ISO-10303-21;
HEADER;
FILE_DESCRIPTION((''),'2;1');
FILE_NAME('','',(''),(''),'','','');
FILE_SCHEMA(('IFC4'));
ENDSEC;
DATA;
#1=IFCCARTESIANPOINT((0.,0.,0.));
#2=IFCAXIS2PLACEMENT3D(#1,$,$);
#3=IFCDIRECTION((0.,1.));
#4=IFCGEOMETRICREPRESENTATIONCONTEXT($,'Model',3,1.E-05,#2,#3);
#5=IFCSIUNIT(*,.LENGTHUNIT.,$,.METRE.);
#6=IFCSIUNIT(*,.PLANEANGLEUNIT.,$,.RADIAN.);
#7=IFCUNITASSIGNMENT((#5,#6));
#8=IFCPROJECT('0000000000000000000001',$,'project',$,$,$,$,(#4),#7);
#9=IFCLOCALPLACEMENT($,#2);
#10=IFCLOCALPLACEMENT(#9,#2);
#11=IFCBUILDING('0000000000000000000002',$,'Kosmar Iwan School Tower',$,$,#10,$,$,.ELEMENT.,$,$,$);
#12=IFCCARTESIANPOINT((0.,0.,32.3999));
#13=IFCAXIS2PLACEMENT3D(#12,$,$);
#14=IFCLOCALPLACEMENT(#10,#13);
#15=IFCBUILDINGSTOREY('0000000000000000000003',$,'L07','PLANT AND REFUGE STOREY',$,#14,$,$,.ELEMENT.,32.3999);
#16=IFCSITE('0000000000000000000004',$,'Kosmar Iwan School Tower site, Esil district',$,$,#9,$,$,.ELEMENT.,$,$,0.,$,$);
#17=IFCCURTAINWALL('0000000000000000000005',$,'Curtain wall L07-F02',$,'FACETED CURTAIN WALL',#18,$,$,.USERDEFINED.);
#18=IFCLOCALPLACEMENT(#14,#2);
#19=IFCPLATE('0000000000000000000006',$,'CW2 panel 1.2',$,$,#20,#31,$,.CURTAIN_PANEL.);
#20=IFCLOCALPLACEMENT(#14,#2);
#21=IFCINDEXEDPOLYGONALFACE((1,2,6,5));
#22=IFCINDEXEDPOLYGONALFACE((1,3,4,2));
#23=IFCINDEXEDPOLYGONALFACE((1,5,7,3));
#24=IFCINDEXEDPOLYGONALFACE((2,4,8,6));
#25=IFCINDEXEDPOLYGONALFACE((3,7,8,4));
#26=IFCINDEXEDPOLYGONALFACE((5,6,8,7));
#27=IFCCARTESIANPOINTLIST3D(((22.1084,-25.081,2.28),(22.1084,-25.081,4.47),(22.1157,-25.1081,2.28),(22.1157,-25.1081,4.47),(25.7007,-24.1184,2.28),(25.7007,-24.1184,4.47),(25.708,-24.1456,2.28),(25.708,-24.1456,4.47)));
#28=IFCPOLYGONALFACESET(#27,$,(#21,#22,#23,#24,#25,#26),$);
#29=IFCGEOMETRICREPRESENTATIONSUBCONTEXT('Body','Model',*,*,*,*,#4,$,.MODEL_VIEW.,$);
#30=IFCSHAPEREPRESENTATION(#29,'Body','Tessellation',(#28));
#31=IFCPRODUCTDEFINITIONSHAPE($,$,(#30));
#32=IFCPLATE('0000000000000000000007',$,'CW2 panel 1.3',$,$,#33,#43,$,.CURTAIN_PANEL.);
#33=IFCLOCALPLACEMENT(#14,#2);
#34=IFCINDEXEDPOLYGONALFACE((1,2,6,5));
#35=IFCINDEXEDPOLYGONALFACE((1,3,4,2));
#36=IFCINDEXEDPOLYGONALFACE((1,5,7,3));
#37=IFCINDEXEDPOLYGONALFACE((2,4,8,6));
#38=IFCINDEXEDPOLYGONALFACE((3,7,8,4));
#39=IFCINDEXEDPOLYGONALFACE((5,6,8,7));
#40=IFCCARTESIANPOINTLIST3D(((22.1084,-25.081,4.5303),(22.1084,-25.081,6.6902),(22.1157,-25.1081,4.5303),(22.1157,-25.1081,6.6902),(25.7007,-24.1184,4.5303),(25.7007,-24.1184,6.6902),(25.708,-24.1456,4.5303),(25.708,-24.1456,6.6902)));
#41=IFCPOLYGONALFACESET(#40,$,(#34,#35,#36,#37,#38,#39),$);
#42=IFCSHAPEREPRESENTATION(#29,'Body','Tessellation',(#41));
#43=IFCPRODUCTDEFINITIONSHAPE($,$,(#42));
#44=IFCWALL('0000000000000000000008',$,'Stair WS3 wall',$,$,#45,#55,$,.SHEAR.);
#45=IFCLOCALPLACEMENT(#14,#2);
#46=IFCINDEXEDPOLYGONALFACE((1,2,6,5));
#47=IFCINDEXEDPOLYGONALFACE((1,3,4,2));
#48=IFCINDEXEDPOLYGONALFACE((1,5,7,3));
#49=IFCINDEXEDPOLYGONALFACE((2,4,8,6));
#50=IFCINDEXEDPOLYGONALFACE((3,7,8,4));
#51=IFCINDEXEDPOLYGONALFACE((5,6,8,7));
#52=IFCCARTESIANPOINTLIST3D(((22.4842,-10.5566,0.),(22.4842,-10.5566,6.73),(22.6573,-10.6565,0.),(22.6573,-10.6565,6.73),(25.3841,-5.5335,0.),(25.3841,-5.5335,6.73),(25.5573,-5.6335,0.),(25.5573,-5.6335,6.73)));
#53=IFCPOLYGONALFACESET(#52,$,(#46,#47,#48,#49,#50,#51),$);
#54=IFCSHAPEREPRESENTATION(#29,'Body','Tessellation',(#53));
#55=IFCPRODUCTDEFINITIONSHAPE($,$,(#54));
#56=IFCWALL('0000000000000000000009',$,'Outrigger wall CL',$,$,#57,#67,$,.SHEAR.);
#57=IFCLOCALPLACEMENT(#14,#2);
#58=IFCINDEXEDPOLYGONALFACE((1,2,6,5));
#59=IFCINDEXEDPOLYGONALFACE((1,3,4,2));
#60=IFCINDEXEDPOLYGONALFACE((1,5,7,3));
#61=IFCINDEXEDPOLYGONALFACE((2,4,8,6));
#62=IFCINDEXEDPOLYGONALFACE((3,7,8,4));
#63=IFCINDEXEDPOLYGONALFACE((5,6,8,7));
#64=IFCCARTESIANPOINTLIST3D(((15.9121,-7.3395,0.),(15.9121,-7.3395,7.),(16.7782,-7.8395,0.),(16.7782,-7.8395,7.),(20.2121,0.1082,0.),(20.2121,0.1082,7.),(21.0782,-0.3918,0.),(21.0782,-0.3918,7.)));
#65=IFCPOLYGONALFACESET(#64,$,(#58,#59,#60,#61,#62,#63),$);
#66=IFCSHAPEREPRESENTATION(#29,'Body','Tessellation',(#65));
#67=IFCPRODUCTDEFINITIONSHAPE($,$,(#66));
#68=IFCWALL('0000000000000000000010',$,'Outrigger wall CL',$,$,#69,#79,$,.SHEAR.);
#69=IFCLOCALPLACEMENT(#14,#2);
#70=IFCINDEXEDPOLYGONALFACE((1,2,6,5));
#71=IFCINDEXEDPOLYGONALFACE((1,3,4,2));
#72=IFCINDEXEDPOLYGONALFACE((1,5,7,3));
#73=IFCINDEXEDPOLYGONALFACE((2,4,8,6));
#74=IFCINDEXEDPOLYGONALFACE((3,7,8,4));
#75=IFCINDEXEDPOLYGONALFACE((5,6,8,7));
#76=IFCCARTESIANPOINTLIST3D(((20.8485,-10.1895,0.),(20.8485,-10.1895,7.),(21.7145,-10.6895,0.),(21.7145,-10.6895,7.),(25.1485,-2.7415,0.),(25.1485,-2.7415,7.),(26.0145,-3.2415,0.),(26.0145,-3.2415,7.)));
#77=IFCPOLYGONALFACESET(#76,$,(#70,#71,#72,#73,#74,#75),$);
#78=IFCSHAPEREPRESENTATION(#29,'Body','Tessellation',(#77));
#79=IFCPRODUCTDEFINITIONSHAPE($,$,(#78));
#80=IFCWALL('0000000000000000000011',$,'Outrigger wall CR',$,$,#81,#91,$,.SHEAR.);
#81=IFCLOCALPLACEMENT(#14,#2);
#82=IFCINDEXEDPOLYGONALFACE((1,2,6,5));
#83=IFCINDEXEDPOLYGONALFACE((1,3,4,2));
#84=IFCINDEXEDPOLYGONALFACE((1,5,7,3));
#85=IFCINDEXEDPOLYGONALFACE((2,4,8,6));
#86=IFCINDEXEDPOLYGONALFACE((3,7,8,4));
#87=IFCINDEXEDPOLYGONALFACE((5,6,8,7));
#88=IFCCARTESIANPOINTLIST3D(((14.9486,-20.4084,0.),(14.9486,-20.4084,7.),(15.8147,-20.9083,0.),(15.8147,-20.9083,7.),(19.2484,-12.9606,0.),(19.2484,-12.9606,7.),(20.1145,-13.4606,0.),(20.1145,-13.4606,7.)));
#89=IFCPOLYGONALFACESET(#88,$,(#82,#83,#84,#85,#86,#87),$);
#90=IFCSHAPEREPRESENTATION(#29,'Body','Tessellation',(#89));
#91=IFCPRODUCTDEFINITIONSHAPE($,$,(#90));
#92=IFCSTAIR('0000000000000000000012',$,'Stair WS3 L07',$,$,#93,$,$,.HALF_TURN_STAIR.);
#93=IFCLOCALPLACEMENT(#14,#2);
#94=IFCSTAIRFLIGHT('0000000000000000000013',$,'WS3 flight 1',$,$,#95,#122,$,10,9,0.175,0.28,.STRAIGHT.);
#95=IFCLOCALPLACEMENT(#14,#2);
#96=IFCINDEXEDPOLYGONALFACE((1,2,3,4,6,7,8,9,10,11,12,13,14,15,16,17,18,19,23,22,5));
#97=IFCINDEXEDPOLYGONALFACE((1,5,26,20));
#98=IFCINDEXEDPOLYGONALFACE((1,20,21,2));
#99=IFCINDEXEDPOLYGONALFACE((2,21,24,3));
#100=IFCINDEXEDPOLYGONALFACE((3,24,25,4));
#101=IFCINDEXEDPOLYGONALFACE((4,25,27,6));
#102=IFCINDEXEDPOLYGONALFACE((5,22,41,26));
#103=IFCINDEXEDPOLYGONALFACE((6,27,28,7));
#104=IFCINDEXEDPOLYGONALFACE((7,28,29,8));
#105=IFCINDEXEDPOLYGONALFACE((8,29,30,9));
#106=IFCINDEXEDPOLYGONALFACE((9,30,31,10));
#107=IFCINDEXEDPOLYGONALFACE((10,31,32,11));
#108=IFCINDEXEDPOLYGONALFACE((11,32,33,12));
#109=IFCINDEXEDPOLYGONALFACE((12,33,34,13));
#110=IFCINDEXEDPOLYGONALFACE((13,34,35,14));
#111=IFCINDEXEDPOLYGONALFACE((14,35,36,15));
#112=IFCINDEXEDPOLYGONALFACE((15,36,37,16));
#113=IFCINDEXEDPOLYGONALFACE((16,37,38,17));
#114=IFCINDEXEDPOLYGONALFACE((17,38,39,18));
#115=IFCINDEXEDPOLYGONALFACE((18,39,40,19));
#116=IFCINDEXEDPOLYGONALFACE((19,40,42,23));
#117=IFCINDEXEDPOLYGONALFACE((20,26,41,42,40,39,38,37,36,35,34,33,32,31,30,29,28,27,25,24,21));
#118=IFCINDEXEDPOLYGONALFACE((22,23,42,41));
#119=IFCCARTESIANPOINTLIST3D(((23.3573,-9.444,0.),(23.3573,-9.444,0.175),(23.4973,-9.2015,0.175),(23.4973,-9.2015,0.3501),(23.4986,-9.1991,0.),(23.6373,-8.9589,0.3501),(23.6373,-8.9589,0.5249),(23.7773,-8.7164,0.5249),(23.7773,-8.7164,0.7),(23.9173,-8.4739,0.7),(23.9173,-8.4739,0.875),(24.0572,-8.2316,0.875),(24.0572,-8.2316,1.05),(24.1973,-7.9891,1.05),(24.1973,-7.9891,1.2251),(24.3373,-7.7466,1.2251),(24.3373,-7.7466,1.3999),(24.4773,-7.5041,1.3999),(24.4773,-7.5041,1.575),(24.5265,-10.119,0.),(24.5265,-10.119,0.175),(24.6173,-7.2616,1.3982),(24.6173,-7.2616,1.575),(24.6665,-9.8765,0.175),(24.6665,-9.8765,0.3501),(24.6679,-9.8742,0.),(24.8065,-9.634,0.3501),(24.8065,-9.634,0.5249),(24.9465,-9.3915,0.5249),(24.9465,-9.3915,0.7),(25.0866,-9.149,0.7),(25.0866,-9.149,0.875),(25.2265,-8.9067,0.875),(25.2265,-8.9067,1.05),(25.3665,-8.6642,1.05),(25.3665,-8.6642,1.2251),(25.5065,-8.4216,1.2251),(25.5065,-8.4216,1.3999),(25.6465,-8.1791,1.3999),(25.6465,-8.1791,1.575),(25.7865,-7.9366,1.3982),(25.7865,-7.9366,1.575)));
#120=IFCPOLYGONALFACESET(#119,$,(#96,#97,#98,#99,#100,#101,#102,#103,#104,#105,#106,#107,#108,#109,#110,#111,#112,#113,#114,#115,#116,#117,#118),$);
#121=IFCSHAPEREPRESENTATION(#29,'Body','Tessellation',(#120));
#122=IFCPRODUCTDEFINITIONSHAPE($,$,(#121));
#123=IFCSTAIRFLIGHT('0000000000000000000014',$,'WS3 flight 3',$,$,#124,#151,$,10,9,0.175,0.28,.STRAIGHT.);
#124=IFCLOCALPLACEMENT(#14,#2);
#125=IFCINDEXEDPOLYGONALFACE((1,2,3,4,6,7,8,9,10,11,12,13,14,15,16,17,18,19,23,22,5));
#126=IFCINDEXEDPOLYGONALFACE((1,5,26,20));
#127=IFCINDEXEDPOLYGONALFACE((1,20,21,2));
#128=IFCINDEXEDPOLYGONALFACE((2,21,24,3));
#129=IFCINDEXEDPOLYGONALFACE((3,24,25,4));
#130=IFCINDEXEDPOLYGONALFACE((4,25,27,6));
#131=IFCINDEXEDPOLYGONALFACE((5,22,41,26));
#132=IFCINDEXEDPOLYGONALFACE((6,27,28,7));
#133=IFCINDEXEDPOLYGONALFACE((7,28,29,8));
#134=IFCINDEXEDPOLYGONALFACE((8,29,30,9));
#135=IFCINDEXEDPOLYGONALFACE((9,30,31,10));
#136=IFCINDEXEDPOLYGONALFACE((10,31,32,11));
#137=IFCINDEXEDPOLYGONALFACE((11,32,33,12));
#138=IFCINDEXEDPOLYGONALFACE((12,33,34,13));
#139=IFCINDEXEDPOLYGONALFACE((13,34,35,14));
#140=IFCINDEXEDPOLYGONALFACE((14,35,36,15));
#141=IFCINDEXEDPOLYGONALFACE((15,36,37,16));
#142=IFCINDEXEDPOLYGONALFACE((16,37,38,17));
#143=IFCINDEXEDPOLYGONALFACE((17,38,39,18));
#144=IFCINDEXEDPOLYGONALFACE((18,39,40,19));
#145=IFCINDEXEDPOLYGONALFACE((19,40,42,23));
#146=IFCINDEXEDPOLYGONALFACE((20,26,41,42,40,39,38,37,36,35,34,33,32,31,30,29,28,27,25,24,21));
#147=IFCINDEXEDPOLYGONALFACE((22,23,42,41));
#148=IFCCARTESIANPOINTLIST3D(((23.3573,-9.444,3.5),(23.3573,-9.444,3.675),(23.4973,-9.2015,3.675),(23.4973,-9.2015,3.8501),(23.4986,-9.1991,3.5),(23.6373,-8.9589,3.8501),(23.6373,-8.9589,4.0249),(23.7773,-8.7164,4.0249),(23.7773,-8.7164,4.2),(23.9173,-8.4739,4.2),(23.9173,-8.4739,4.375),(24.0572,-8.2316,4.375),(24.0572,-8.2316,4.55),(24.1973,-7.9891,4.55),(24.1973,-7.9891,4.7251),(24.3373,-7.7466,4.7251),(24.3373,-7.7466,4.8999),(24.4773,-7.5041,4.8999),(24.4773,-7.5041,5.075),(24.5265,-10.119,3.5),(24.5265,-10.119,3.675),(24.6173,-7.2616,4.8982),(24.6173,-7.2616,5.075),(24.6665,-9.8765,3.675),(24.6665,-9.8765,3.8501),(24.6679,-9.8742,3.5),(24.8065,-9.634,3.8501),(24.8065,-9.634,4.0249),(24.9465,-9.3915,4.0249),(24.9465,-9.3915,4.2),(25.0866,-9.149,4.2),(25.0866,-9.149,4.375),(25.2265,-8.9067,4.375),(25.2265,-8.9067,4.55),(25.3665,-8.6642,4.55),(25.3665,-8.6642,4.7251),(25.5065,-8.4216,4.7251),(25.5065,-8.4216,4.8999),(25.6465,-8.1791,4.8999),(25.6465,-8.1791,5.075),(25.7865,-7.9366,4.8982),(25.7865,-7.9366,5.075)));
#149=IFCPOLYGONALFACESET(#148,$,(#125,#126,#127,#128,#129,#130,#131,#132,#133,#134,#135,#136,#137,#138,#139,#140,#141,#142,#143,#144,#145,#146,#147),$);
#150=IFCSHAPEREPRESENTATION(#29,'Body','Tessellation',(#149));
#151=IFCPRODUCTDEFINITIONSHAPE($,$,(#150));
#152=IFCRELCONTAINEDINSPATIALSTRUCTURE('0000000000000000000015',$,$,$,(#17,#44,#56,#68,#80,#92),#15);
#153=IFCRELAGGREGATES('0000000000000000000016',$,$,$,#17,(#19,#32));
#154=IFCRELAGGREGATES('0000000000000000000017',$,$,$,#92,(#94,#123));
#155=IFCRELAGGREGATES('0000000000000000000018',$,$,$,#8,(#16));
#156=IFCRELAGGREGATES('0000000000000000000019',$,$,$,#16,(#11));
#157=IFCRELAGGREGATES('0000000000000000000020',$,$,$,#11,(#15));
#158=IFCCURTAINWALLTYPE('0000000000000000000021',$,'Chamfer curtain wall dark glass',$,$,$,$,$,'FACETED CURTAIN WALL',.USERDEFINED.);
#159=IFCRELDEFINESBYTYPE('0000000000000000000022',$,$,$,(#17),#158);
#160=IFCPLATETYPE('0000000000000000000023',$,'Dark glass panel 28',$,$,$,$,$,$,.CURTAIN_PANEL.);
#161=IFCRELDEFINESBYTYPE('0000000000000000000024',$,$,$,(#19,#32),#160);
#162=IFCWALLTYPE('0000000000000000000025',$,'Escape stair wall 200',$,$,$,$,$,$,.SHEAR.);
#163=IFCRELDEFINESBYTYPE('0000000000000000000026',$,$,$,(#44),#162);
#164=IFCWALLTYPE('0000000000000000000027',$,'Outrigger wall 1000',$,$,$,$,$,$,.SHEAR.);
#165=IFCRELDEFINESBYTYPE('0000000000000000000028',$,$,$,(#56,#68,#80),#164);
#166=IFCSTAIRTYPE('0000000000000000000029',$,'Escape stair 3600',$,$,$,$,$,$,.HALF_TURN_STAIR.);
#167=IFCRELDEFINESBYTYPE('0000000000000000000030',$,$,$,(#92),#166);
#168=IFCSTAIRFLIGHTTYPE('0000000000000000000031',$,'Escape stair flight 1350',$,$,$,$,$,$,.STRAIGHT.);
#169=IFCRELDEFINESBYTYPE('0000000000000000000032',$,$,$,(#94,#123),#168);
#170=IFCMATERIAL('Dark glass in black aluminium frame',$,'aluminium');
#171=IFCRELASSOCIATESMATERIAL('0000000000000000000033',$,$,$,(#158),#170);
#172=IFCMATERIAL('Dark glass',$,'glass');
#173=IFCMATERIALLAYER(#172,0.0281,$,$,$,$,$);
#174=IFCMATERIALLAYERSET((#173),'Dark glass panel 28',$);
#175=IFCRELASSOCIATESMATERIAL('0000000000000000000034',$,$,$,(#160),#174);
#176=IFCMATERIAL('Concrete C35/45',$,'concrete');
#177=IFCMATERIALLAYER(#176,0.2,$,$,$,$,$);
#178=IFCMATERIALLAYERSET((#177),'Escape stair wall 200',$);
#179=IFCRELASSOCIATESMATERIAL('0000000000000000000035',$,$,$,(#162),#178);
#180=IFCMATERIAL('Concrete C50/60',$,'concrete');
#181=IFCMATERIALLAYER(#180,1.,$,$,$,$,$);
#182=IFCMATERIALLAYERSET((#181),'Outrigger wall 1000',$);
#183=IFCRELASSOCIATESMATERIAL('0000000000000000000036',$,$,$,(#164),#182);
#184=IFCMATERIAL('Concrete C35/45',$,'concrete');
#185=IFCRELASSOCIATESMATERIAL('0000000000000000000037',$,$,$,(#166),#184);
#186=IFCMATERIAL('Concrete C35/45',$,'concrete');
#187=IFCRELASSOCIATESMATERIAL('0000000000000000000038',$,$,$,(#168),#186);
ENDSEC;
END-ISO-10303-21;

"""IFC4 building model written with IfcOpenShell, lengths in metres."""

from ifc_helpers import new_model, si_unit, direction, frame, frame_2d, origin, origin_2d, place, context, subcontext, project, spatial, polyline, rectangle, outline, extrude, material, layer, layer_set, type_object, element, aggregate, save


model = new_model("IFC4")

# Units and contexts
model_context = context("Model", 3, precision=1e-05, world=origin(), true_north=direction((0.0, 1.0)))
body_context = subcontext(model_context, "Body", "Model", "MODEL_VIEW")
ifc_project = project(units=[si_unit("LENGTHUNIT", "METRE"), si_unit("PLANEANGLEUNIT", "RADIAN")], contexts=[model_context])

# Site, building, storey
site_placement = place(None, origin())
site = spatial("IfcSite", under=ifc_project, at=site_placement, Name="Kosmar Iwan School Tower site, Esil district", CompositionType="ELEMENT", RefElevation=0.0)
building_placement = place(site_placement, origin())
building = spatial("IfcBuilding", under=site, at=building_placement, Name="Kosmar Iwan School Tower", CompositionType="ELEMENT")
storey_placement = place(building_placement, frame((0.0, 0.0, 32.3999)))
storey = spatial("IfcBuildingStorey", under=building, at=storey_placement, Name="L07", Description="PLANT AND REFUGE STOREY", CompositionType="ELEMENT", Elevation=32.3999)

# Curtain wall
ifc_material_1 = material(Name="Dark glass in black aluminium frame", Category="aluminium")
curtain_wall_type = type_object("IfcCurtainWallType", Name="Chamfer curtain wall dark glass", ElementType="FACETED CURTAIN WALL", PredefinedType="USERDEFINED", material=ifc_material_1)
curtain_wall_placement = place(storey_placement, origin())
curtain_wall = element("IfcCurtainWall", 1, at=curtain_wall_placement, inside=storey, type_object=curtain_wall_type, Name="Curtain wall L07-F02", ObjectType="FACETED CURTAIN WALL", PredefinedType="USERDEFINED")

# Plates
ifc_material_2 = material(Name="Dark glass", Category="glass")
ifc_layer_1 = layer(ifc_material_2, 0.0281)
ifc_layer_set_1 = layer_set([ifc_layer_1], Name="Dark glass panel 28")
plate_type = type_object("IfcPlateType", Name="Dark glass panel 28", PredefinedType="CURTAIN_PANEL", material=ifc_layer_set_1)
plate_1_placement = place(storey_placement, frame((23.9082, -24.6133, 2.28), z_axis=(0.0, 0.0, 1.0), x_axis=(0.965926, 0.258819, 0.0)))
plate_1 = element("IfcPlate", 2, at=plate_1_placement, type_object=plate_type, Name="CW2 panel 1.2", PredefinedType="CURTAIN_PANEL", context=body_context, shape_type="SweptSolid", body=[
    extrude(rectangle(XDim=3.719, YDim=0.0281, at=origin_2d()), origin(), (0.0, 0.0, 1.0), 2.1899),
])
plate_2_placement = place(storey_placement, frame((23.9082, -24.6133, 4.5303), z_axis=(0.0, 0.0, 1.0), x_axis=(0.965926, 0.258819, 0.0)))
plate_2 = element("IfcPlate", 3, at=plate_2_placement, type_object=plate_type, Name="CW2 panel 1.3", PredefinedType="CURTAIN_PANEL", context=body_context, shape_type="SweptSolid", body=[
    extrude(rectangle(XDim=3.719, YDim=0.0281, at=origin_2d()), origin(), (0.0, 0.0, 1.0), 2.1599),
])
aggregate(curtain_wall, [plate_1, plate_2])

# Walls
ifc_material_3 = material(Name="Concrete C35/45", Category="concrete")
ifc_layer_2 = layer(ifc_material_3, 0.2)
ifc_layer_set_2 = layer_set([ifc_layer_2], Name="Escape stair wall 200")
wall_type_1 = type_object("IfcWallType", Name="Escape stair wall 200", PredefinedType="SHEAR", material=ifc_layer_set_2)
wall_1_placement = place(storey_placement, frame((22.5708, -10.6064, 0.0), z_axis=(0.0, 0.0, 1.0), x_axis=(0.499987, 0.866033, 0.0)))
element("IfcWall", 4, at=wall_1_placement, inside=storey, type_object=wall_type_1, Name="Stair WS3 wall", PredefinedType="SHEAR", context=body_context, shape_type="SweptSolid", body=[
    extrude(rectangle(XDim=5.8, YDim=0.2, at=frame_2d((2.8999, 0.0))), origin(), (0.0, 0.0, 1.0), 6.73),
])
ifc_material_4 = material(Name="Concrete C50/60", Category="concrete")
ifc_layer_3 = layer(ifc_material_4, 1.0)
ifc_layer_set_3 = layer_set([ifc_layer_3], Name="Outrigger wall 1000")
wall_type_2 = type_object("IfcWallType", Name="Outrigger wall 1000", PredefinedType="SHEAR", material=ifc_layer_set_3)
wall_2_placement = place(storey_placement, frame((16.3452, -7.5894, 0.0), z_axis=(0.0, 0.0, 1.0), x_axis=(0.500008, 0.866021, 0.0)))
element("IfcWall", 5, at=wall_2_placement, inside=storey, type_object=wall_type_2, Name="Outrigger wall CL", PredefinedType="SHEAR", context=body_context, shape_type="SweptSolid", body=[
    extrude(rectangle(XDim=8.5999, YDim=1.0, at=frame_2d((4.2998, 0.0))), origin(), (0.0, 0.0, 1.0), 7.0),
])
wall_3_placement = place(storey_placement, frame((21.2815, -10.4395, 0.0), z_axis=(0.0, 0.0, 1.0), x_axis=(0.499995, 0.866028, 0.0)))
element("IfcWall", 6, at=wall_3_placement, inside=storey, type_object=wall_type_2, Name="Outrigger wall CL", PredefinedType="SHEAR", context=body_context, shape_type="SweptSolid", body=[
    extrude(rectangle(XDim=8.6001, YDim=1.0, at=frame_2d((4.3, 0.0))), origin(), (0.0, 0.0, 1.0), 7.0),
])
wall_4_placement = place(storey_placement, frame((19.6814, -13.2107, 0.0), z_axis=(0.0, 0.0, 1.0), x_axis=(-0.499986, -0.866033, 0.0)))
element("IfcWall", 7, at=wall_4_placement, inside=storey, type_object=wall_type_2, Name="Outrigger wall CR", PredefinedType="SHEAR", context=body_context, shape_type="SweptSolid", body=[
    extrude(rectangle(XDim=8.5999, YDim=1.0, at=frame_2d((4.2998, 0.0))), origin(), (0.0, 0.0, 1.0), 7.0),
])

# Stair, stair flights
ifc_material_5 = material(Name="Concrete C35/45", Category="concrete")
stair_type = type_object("IfcStairType", Name="Escape stair 3600", PredefinedType="HALF_TURN_STAIR", material=ifc_material_5)
stair_placement = place(storey_placement, origin())
stair = element("IfcStair", 8, at=stair_placement, inside=storey, type_object=stair_type, Name="Stair WS3 L07", PredefinedType="HALF_TURN_STAIR")
ifc_material_6 = material(Name="Concrete C35/45", Category="concrete")
stair_flight_type = type_object("IfcStairFlightType", Name="Escape stair flight 1350", PredefinedType="STRAIGHT", material=ifc_material_6)
stair_flight_1_placement = place(storey_placement, frame((23.9419, -9.7815, 0.0), z_axis=(0.0, 0.0, 1.0), x_axis=(0.5, 0.866025, 0.0)))
stair_flight_1 = element("IfcStairFlight", 9, at=stair_flight_1_placement, type_object=stair_flight_type, Name="WS3 flight 1", NumberOfRisers=10, NumberOfTreads=9, PredefinedType="STRAIGHT", RiserHeight=0.175, TreadLength=0.28, context=body_context, shape_type="SweptSolid", body=[
    extrude(outline(polyline([(0.0, 0.0), (0.0, 0.175), (0.28, 0.175), (0.28, 0.3501), (0.5601, 0.3501), (0.5601, 0.5249), (0.8401, 0.5249), (0.8401, 0.7), (1.1201, 0.7), (1.1201, 0.875), (1.3999, 0.875), (1.3999, 1.05), (1.6799, 1.05), (1.6799, 1.2251), (1.96, 1.2251), (1.96, 1.3999), (2.24, 1.3999), (2.24, 1.575), (2.52, 1.575), (2.52, 1.75), (2.52, 1.3982), (0.2827, 0.0), (0.0, 0.0)])), frame((0.0, 0.675, 0.0), z_axis=(0.0, -1.0, 0.0), x_axis=(1.0, 0.0, 0.0)), (0.0, 0.0, 1.0), 1.3501),
])
stair_flight_2_placement = place(storey_placement, frame((23.9419, -9.7815, 3.5), z_axis=(0.0, 0.0, 1.0), x_axis=(0.5, 0.866025, 0.0)))
stair_flight_2 = element("IfcStairFlight", 10, at=stair_flight_2_placement, type_object=stair_flight_type, Name="WS3 flight 3", NumberOfRisers=10, NumberOfTreads=9, PredefinedType="STRAIGHT", RiserHeight=0.175, TreadLength=0.28, context=body_context, shape_type="SweptSolid", body=[
    extrude(outline(polyline([(0.0, 0.0), (0.0, 0.175), (0.28, 0.175), (0.28, 0.3501), (0.5601, 0.3501), (0.5601, 0.5249), (0.8401, 0.5249), (0.8401, 0.7), (1.1201, 0.7), (1.1201, 0.875), (1.3999, 0.875), (1.3999, 1.05), (1.6799, 1.05), (1.6799, 1.2251), (1.96, 1.2251), (1.96, 1.3999), (2.24, 1.3999), (2.24, 1.575), (2.52, 1.575), (2.52, 1.75), (2.52, 1.3982), (0.2827, 0.0), (0.0, 0.0)])), frame((0.0, 0.675, 0.0), z_axis=(0.0, -1.0, 0.0), x_axis=(1.0, 0.0, 0.0)), (0.0, 0.0, 1.0), 1.3501),
])
aggregate(stair, [stair_flight_1, stair_flight_2])

save(model, "model.ifc")
